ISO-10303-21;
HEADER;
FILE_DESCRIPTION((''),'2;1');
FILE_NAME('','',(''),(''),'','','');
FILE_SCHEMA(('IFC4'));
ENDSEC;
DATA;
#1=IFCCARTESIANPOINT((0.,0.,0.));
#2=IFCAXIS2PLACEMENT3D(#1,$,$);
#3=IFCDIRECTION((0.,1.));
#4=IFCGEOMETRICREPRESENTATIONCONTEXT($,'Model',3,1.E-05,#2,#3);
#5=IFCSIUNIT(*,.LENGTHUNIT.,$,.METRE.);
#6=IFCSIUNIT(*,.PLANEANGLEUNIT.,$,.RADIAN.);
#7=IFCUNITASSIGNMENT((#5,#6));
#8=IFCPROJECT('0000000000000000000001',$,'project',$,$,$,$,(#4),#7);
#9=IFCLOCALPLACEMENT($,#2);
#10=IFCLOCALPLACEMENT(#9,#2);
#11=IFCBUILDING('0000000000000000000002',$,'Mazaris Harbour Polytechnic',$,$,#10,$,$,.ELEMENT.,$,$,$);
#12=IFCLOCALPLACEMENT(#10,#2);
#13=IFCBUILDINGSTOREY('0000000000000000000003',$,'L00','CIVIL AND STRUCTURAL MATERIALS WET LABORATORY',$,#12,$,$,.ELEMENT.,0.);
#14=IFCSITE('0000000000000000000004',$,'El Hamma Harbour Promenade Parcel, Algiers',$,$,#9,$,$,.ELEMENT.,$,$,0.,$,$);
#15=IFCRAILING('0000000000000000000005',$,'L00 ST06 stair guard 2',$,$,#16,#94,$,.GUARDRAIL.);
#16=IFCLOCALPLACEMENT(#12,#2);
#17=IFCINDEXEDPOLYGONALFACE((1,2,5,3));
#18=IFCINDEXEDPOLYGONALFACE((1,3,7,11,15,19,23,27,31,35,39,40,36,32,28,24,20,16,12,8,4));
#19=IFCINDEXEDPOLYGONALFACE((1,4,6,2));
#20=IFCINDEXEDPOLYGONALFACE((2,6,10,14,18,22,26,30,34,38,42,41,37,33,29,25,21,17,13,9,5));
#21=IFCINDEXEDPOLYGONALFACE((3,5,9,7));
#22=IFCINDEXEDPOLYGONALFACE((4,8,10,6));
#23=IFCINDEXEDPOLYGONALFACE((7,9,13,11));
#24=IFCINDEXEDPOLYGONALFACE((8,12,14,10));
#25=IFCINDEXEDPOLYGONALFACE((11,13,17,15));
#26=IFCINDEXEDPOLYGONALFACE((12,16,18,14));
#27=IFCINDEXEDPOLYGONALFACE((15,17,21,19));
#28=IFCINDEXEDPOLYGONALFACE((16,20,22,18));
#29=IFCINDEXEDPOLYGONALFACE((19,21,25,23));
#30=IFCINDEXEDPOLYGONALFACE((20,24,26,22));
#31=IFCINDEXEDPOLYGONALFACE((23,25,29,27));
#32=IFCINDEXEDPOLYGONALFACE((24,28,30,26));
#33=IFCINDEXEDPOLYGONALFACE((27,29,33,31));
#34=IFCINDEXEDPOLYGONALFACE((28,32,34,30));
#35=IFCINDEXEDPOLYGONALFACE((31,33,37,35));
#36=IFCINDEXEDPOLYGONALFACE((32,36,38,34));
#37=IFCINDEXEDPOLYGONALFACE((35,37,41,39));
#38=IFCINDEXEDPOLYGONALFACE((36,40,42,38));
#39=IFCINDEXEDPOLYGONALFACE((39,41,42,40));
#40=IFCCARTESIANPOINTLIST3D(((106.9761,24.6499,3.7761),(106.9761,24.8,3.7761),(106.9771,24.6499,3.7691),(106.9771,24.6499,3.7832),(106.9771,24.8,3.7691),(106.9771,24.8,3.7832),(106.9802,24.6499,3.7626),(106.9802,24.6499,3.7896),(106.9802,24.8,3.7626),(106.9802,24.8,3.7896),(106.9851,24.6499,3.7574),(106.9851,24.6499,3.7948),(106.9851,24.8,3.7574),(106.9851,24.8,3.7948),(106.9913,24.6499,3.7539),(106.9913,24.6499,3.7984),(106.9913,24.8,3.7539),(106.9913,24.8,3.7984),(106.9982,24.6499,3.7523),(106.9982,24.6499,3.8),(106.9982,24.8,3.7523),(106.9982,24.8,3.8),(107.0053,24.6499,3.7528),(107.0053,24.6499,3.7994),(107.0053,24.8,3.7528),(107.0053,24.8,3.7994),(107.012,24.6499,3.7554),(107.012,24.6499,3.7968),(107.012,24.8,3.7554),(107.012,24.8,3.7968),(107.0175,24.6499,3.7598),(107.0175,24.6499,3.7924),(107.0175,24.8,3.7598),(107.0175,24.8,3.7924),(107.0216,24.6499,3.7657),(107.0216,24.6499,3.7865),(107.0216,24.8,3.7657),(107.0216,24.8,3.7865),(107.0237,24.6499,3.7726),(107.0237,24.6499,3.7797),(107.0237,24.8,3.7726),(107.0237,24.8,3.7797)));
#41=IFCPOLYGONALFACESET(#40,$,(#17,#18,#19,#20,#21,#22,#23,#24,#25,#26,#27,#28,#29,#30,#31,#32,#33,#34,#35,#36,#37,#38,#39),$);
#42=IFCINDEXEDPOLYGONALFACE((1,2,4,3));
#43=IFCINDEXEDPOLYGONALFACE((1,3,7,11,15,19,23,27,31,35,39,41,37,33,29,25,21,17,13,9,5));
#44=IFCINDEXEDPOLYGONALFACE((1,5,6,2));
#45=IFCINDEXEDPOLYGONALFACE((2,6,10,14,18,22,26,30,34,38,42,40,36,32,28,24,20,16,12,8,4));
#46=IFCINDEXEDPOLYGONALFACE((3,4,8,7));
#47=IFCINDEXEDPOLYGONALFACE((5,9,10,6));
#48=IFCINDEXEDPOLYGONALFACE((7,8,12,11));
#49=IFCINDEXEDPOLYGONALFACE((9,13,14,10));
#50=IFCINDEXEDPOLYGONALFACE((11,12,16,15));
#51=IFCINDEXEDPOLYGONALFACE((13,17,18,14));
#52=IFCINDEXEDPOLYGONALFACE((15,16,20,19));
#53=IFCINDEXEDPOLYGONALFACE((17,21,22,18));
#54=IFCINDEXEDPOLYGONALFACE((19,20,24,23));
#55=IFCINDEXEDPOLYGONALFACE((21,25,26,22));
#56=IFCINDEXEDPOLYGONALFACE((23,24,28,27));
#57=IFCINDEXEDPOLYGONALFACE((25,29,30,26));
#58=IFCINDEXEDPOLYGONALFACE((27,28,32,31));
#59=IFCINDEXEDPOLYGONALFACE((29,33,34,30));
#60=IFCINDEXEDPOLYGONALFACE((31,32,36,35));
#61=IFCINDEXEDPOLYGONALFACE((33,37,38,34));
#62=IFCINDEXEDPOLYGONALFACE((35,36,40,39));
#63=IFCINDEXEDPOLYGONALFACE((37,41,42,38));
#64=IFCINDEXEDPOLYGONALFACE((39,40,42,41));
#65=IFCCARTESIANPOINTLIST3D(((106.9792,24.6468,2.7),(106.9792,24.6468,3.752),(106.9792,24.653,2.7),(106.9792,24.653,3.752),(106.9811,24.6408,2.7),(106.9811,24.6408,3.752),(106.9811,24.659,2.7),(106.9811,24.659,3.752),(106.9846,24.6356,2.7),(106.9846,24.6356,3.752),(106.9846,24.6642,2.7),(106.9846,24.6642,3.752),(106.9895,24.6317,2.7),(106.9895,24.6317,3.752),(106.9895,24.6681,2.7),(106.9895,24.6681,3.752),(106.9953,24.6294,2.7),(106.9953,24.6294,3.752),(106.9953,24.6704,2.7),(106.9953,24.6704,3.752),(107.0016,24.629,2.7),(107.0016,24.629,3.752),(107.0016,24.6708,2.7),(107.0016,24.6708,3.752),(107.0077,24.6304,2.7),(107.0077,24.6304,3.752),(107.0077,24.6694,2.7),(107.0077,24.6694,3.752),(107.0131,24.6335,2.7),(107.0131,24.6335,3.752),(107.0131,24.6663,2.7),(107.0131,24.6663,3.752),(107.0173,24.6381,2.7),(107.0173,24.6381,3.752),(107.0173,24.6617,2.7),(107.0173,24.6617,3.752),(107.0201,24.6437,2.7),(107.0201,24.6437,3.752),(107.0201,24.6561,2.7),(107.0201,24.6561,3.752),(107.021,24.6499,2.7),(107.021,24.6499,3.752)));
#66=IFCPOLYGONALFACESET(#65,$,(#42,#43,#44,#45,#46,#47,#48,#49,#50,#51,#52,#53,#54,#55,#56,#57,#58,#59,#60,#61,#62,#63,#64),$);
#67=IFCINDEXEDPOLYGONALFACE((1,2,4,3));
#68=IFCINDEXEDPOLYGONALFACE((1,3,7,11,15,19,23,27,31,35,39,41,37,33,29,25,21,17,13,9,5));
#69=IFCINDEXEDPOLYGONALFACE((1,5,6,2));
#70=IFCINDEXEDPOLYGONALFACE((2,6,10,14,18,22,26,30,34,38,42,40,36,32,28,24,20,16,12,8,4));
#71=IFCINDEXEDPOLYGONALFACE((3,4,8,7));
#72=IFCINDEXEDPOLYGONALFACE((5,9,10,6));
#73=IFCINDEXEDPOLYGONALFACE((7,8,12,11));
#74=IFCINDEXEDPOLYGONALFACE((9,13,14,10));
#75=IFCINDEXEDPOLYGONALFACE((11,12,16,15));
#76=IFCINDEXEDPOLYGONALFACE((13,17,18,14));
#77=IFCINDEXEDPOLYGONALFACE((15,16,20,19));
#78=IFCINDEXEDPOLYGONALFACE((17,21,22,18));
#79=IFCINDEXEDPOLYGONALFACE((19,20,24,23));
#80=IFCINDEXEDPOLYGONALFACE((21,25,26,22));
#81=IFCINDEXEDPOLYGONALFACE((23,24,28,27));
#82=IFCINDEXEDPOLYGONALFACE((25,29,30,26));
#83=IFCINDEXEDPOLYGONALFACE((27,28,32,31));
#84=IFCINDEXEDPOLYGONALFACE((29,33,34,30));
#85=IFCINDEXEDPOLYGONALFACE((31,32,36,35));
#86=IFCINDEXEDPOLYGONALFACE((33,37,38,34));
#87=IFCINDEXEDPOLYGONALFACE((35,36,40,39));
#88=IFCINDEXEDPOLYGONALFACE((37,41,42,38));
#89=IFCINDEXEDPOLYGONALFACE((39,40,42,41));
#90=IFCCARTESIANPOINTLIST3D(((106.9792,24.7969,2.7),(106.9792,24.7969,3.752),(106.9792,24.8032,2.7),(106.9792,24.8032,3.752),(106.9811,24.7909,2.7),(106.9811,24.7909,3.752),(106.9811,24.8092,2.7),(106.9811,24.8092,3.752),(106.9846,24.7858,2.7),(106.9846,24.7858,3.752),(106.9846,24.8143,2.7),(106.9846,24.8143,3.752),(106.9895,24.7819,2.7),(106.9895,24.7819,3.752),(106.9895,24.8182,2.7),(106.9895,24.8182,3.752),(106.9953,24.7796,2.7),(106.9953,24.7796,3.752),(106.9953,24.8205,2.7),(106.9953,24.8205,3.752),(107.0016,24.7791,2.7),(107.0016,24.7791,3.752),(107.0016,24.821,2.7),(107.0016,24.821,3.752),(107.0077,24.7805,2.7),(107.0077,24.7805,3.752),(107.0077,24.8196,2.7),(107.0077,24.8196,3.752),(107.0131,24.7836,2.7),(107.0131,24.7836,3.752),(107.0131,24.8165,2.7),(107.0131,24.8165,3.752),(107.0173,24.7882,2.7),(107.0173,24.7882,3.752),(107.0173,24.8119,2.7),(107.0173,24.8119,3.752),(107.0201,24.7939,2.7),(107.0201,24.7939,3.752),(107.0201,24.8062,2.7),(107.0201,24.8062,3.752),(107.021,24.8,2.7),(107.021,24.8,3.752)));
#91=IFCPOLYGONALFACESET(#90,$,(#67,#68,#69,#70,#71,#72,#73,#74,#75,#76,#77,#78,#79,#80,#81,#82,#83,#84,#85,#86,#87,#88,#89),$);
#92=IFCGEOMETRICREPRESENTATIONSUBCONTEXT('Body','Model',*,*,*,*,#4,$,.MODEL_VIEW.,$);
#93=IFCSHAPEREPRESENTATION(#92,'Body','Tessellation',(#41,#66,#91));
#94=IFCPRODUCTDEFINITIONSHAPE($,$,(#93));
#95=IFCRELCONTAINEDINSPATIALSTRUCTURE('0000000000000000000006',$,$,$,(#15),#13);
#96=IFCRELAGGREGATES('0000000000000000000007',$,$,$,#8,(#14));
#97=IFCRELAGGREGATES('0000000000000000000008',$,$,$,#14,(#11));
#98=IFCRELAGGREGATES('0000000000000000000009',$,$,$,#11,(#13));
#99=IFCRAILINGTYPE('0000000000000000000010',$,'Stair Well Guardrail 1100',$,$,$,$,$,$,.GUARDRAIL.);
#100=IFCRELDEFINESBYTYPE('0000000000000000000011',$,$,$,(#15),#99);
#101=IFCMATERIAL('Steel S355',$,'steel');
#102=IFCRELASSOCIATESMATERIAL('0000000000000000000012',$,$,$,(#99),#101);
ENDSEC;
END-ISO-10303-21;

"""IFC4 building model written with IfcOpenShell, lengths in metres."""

from ifc_helpers import new_model, si_unit, direction, frame, origin, origin_2d, place, context, subcontext, project, spatial, circle, extrude, material, type_object, element, save


model = new_model("IFC4")

# Units and contexts
model_context = context("Model", 3, precision=1e-05, world=origin(), true_north=direction((0.0, 1.0)))
body_context = subcontext(model_context, "Body", "Model", "MODEL_VIEW")
ifc_project = project(units=[si_unit("LENGTHUNIT", "METRE"), si_unit("PLANEANGLEUNIT", "RADIAN")], contexts=[model_context])

# Site, building, storey
site_placement = place(None, origin())
site = spatial("IfcSite", under=ifc_project, at=site_placement, Name="El Hamma Harbour Promenade Parcel, Algiers", CompositionType="ELEMENT", RefElevation=0.0)
building_placement = place(site_placement, origin())
building = spatial("IfcBuilding", under=site, at=building_placement, Name="Mazaris Harbour Polytechnic", CompositionType="ELEMENT")
storey_placement = place(building_placement, origin())
storey = spatial("IfcBuildingStorey", under=building, at=storey_placement, Name="L00", Description="CIVIL AND STRUCTURAL MATERIALS WET LABORATORY", CompositionType="ELEMENT", Elevation=0.0)

# Railing
ifc_material_1 = material(Name="Steel S355", Category="steel")
railing_type_1 = type_object("IfcRailingType", Name="Stair Well Guardrail 1100", PredefinedType="GUARDRAIL", material=ifc_material_1)
railing_1_placement = place(storey_placement, frame((107.0, 24.6499, 2.7)))
element("IfcRailing", 1, at=railing_1_placement, inside=storey, type_object=railing_type_1, Name="L00 ST06 stair guard 2", PredefinedType="GUARDRAIL", context=body_context, shape_type="SweptSolid", body=[
    extrude(circle(Radius=0.0239, at=origin_2d()), frame((0.0, 0.0, 1.0762), z_axis=(0.0, 1.0, 0.0), x_axis=(-1.0, 0.0, 0.0)), (0.0, 0.0, 1.0), 0.1501),
    extrude(circle(Radius=0.021, at=origin_2d()), origin(), (0.0, 0.0, 1.0), 1.052),
    extrude(circle(Radius=0.021, at=origin_2d()), frame((0.0, 0.1501, 0.0)), (0.0, 0.0, 1.0), 1.052),
])

save(model, "model.ifc")
